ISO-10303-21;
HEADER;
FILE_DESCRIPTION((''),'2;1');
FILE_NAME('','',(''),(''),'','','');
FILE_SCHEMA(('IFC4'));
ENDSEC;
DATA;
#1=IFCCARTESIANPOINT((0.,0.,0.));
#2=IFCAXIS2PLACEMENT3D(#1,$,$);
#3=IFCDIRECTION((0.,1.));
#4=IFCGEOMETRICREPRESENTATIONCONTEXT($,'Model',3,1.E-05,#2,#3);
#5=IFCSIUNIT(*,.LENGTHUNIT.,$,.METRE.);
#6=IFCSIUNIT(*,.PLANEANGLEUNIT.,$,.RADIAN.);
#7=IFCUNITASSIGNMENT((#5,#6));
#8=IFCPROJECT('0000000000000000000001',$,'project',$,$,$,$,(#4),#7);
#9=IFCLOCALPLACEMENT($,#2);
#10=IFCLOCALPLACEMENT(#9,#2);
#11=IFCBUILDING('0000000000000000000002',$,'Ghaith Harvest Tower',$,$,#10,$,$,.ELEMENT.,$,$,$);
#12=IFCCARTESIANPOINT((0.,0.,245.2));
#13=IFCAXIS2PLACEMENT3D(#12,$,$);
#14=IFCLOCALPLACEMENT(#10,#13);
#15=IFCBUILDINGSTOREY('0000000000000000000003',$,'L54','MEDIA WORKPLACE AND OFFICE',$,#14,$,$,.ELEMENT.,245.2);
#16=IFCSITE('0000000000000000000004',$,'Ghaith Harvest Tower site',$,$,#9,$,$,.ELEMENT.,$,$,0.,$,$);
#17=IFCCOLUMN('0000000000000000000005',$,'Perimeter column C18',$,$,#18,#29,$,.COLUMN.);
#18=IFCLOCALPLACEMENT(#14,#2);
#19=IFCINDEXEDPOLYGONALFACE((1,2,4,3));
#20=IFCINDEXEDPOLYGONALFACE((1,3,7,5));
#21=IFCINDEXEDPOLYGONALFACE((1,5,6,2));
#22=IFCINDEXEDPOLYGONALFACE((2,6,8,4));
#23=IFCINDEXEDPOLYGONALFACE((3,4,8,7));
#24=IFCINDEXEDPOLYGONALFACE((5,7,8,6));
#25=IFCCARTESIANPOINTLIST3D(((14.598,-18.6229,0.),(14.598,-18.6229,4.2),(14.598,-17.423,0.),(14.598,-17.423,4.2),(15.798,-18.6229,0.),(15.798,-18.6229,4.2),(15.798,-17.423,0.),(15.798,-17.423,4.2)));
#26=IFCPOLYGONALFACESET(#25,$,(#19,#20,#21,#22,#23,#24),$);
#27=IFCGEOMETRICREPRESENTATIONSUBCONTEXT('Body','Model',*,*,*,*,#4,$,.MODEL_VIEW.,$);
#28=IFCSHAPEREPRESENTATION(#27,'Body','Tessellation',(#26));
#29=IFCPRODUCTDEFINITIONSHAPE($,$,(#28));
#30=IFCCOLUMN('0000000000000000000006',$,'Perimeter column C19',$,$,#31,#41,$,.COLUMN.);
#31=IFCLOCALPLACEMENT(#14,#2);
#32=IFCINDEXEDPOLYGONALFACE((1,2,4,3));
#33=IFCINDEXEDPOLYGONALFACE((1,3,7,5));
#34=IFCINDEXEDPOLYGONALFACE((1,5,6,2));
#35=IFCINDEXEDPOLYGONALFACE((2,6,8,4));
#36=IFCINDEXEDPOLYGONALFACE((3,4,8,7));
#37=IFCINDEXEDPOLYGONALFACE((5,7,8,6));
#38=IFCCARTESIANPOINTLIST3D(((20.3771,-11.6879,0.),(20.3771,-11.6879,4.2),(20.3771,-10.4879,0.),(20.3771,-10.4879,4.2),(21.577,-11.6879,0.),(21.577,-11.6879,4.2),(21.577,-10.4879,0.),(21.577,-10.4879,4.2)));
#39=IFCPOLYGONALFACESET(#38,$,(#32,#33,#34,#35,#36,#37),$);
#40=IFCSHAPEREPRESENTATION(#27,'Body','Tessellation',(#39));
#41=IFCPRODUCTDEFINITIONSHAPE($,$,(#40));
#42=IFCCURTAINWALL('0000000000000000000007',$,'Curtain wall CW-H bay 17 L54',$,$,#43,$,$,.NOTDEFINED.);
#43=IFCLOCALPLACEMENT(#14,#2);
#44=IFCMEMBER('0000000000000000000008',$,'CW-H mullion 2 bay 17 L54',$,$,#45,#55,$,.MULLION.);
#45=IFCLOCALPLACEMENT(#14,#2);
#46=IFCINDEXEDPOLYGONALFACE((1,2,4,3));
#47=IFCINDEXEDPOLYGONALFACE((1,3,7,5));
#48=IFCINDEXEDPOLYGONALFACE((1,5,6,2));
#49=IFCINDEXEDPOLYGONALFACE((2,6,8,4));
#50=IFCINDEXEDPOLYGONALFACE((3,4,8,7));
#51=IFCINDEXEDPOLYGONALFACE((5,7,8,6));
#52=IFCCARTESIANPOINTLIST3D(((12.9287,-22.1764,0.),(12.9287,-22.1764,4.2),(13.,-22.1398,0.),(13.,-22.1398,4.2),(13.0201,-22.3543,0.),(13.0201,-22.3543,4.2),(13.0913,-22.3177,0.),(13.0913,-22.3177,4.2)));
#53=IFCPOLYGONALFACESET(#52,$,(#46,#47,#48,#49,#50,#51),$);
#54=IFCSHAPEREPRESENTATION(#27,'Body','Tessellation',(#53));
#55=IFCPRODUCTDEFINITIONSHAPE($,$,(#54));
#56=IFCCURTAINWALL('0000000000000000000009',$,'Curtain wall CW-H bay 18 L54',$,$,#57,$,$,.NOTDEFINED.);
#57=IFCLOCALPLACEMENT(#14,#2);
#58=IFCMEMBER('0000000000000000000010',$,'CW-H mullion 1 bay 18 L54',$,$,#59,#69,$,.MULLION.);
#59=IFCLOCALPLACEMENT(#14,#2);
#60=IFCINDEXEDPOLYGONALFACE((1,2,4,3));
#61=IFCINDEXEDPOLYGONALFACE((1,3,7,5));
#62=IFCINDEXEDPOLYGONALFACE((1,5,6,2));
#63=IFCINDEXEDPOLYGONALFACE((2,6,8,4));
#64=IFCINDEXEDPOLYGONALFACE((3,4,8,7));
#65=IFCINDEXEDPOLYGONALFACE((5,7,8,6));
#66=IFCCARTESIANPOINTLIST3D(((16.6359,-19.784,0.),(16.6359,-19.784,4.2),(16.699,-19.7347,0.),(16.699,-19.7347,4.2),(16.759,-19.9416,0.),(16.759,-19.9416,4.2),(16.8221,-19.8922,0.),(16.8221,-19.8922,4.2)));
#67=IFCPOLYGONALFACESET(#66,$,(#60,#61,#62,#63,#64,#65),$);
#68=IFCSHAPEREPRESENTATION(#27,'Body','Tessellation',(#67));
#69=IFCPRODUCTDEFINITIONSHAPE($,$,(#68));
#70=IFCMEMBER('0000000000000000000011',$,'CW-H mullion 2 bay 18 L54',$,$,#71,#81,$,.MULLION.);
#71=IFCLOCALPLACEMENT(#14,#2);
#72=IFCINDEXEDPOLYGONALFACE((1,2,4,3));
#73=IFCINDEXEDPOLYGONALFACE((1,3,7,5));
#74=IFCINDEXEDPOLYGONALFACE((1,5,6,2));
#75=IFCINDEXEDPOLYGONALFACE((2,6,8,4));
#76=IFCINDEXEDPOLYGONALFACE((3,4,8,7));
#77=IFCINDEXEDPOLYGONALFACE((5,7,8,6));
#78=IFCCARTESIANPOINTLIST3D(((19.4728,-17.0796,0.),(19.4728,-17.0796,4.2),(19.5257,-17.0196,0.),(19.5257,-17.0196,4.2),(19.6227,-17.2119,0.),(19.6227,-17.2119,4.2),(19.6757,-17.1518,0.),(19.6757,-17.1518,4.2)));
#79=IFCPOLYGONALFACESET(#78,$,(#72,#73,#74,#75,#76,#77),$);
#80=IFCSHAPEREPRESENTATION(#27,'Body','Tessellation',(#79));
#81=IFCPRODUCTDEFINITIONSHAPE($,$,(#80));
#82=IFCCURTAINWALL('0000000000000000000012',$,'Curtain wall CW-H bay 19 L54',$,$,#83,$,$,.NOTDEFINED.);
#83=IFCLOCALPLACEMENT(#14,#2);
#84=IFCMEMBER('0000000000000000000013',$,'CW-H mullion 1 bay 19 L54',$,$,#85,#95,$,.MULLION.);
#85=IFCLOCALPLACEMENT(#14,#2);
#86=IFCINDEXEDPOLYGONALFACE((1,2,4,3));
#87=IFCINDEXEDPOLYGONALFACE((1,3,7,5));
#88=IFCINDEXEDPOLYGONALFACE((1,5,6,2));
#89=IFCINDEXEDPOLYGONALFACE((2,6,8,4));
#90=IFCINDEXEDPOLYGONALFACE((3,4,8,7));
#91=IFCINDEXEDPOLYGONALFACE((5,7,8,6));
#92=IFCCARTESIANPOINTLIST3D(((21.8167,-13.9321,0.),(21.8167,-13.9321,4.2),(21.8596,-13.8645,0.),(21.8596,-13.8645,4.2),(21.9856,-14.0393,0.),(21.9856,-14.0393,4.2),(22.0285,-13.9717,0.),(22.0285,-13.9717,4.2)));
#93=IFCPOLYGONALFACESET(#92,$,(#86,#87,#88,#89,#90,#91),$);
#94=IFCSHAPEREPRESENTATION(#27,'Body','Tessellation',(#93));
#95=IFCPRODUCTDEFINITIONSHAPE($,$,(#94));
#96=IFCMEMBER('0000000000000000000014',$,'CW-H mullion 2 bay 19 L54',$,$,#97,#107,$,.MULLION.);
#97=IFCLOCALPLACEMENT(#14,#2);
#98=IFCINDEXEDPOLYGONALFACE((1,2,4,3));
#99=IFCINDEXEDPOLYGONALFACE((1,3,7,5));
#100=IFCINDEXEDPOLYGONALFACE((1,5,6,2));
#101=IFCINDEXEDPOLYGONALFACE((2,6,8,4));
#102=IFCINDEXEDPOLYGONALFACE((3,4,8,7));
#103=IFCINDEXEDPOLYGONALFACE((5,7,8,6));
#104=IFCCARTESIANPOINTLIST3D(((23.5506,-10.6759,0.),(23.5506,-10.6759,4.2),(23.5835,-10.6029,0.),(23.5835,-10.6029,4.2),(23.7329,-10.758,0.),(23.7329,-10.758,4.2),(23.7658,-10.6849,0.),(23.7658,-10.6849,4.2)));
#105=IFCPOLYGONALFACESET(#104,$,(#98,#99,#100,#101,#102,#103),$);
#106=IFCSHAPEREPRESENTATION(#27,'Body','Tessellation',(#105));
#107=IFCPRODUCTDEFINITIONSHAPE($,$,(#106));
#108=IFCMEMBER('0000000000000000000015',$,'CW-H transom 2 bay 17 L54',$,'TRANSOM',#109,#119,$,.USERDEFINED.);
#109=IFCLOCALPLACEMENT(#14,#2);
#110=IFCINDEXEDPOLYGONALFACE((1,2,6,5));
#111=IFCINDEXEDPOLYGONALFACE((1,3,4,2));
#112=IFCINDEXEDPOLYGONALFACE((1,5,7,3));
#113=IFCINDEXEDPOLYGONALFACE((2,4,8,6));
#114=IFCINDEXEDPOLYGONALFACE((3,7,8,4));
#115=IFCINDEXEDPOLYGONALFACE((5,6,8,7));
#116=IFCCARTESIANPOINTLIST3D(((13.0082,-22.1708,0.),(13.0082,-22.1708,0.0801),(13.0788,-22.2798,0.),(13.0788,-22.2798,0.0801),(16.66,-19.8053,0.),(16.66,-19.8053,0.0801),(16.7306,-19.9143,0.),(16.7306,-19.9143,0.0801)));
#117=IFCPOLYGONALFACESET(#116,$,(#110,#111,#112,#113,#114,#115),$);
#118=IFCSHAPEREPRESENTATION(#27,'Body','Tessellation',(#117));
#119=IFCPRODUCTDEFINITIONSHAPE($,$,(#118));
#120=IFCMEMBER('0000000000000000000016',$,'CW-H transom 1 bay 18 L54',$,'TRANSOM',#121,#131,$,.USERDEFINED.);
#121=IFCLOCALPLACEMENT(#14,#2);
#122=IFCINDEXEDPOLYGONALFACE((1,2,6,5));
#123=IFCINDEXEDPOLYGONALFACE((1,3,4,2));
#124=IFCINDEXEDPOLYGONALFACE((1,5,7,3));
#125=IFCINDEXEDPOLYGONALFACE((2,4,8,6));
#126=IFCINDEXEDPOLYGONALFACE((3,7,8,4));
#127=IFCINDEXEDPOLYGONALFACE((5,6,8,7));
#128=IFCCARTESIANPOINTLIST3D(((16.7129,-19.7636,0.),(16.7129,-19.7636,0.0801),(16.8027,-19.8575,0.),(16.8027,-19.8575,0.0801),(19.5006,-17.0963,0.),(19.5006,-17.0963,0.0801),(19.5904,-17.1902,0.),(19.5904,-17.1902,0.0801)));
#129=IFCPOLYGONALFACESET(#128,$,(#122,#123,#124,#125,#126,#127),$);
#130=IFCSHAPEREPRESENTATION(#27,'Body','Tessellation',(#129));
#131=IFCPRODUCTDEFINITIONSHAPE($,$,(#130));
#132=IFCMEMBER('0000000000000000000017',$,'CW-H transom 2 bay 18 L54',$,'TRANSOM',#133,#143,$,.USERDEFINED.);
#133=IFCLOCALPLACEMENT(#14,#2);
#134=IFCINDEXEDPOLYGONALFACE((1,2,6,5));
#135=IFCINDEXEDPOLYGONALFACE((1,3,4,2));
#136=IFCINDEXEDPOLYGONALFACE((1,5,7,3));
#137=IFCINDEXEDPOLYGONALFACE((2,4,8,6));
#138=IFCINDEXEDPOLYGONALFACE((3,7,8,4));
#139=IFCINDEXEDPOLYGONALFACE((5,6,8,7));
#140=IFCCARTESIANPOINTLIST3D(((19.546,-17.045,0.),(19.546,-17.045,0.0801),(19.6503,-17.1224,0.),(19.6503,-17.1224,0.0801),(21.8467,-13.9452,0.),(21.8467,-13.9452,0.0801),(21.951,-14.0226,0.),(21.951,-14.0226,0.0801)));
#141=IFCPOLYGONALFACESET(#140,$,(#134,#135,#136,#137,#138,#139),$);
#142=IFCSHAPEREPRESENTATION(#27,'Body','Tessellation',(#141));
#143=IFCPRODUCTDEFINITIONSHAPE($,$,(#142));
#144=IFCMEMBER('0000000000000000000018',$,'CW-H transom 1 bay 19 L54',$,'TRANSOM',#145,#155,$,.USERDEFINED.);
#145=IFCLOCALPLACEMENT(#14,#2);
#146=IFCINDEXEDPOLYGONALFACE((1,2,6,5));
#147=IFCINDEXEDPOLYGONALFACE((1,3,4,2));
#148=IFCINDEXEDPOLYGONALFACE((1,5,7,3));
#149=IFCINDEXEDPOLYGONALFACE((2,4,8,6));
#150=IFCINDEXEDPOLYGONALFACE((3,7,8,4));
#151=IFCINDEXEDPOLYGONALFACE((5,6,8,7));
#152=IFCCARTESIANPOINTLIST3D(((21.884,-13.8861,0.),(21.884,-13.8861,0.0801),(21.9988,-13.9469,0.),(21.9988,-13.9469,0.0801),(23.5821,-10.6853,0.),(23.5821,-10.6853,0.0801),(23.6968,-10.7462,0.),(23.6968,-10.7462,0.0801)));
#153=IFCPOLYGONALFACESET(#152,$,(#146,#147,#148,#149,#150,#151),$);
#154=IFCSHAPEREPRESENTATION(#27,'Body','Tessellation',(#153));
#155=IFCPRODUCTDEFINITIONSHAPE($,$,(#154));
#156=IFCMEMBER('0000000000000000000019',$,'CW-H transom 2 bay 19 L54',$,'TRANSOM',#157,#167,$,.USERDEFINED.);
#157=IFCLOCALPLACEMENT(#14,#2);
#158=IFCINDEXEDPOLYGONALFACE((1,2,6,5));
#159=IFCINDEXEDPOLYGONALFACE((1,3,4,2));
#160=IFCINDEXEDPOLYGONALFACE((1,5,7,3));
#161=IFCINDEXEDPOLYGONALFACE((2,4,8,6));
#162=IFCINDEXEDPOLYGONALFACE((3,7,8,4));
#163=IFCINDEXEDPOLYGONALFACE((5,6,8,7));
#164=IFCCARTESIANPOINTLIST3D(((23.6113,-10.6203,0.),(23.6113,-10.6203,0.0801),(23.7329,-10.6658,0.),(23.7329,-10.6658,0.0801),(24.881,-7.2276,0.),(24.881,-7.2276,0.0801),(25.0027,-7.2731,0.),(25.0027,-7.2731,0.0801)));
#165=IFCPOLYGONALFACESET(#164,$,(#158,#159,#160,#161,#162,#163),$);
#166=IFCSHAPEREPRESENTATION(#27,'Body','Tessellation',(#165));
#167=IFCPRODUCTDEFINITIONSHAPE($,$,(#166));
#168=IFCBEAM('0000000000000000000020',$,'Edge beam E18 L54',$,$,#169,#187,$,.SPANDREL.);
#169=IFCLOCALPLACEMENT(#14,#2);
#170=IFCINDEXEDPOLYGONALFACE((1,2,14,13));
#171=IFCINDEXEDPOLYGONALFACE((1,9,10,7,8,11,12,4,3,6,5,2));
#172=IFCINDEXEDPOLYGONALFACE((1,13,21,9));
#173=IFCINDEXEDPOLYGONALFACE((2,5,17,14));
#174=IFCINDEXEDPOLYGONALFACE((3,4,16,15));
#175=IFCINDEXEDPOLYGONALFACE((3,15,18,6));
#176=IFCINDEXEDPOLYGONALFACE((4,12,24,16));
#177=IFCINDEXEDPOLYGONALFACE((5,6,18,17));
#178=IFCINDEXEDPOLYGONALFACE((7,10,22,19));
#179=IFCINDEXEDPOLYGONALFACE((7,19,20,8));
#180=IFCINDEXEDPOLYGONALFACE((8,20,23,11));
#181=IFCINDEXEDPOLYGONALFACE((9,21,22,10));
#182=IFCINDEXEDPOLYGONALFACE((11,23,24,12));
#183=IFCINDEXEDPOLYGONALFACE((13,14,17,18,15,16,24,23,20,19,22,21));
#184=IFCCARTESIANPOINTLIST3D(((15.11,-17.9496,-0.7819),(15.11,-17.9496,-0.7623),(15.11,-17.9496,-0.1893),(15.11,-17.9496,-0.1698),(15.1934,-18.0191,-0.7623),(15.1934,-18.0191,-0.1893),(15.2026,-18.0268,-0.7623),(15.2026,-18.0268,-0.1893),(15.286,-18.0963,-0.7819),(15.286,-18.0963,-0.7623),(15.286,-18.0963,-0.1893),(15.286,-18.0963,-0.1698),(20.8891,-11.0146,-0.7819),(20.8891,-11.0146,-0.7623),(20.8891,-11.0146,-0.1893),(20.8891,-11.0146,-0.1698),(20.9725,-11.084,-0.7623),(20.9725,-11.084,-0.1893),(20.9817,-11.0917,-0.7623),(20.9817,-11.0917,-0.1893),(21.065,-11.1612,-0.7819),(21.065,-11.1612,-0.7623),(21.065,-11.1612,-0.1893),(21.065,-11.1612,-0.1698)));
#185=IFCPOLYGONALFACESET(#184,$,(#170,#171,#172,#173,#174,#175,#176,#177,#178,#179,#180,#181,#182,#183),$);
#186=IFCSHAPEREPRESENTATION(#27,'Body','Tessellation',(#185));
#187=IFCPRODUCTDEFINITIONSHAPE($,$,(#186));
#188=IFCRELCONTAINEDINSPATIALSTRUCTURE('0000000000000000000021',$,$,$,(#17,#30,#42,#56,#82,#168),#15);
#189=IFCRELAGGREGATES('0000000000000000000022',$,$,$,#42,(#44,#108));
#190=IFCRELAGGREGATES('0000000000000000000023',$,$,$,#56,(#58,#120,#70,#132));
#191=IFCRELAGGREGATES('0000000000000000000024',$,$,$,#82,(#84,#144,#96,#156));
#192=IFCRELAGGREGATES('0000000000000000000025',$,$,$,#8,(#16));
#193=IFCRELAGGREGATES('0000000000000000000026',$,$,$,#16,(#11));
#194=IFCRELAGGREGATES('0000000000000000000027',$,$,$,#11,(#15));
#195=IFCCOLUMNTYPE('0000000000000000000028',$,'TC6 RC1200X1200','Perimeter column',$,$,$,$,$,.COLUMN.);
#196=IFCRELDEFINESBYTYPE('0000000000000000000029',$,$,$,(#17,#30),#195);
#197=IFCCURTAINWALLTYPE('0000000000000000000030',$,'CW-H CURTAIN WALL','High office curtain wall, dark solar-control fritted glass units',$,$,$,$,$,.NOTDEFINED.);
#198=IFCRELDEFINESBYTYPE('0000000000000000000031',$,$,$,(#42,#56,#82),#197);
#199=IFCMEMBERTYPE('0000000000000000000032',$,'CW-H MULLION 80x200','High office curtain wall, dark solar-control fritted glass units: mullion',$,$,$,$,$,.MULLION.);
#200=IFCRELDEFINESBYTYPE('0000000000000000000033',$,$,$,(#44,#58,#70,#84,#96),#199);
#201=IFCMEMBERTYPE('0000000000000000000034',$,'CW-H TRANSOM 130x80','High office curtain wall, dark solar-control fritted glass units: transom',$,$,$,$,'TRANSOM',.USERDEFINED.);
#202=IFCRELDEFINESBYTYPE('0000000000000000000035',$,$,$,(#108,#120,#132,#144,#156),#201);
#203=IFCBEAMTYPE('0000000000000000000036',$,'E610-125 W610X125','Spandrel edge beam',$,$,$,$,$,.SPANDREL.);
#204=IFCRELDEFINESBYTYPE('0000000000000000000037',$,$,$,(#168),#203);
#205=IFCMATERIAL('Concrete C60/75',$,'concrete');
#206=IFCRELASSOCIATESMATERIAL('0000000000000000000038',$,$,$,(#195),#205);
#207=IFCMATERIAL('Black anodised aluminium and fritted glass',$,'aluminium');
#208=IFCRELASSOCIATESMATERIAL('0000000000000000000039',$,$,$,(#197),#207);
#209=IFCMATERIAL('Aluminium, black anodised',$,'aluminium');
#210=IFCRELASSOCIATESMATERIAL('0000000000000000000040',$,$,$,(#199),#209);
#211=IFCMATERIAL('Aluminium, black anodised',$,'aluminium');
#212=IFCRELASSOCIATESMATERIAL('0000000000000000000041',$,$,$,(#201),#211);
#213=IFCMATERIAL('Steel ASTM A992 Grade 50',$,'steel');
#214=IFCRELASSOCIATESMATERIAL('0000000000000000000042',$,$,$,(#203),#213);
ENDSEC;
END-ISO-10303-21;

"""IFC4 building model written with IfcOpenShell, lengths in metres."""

from ifc_helpers import new_model, si_unit, direction, frame, origin, origin_2d, place, context, subcontext, project, spatial, rectangle, i_section, extrude, material, material_profile, profile_set, type_object, element, aggregate, save


model = new_model("IFC4")

# Units and contexts
model_context = context("Model", 3, precision=1e-05, world=origin(), true_north=direction((0.0, 1.0)))
body_context = subcontext(model_context, "Body", "Model", "MODEL_VIEW")
ifc_project = project(units=[si_unit("LENGTHUNIT", "METRE"), si_unit("PLANEANGLEUNIT", "RADIAN")], contexts=[model_context])

# Site, building, storey
site_placement = place(None, origin())
site = spatial("IfcSite", under=ifc_project, at=site_placement, Name="Ghaith Harvest Tower site", CompositionType="ELEMENT", RefElevation=0.0)
building_placement = place(site_placement, origin())
building = spatial("IfcBuilding", under=site, at=building_placement, Name="Ghaith Harvest Tower", CompositionType="ELEMENT")
storey_placement = place(building_placement, frame((0.0, 0.0, 245.2)))
storey = spatial("IfcBuildingStorey", under=building, at=storey_placement, Name="L54", Description="MEDIA WORKPLACE AND OFFICE", CompositionType="ELEMENT", Elevation=245.2)

# Columns
ifc_material_1 = material(Name="Concrete C60/75", Category="concrete")
ifc_material_profile_1 = material_profile(ifc_material_1, rectangle(XDim=1.2, YDim=1.2, at=origin_2d()), Name="RC1200X1200")
ifc_profile_set_1 = profile_set([ifc_material_profile_1], Name="Concrete C60/75")
column_type = type_object("IfcColumnType", Name="TC6 RC1200X1200", Description="Perimeter column", PredefinedType="COLUMN", material=ifc_profile_set_1)
for number, where, z_axis, x_axis, name in (
    (1, (15.198, -18.0229, 0.0), (0.0, 0.0, 1.0), (1.0, 0.0, 0.0), "Perimeter column C18"),
    (2, (20.9771, -11.0879, 0.0), (0.0, 0.0, 1.0), (1.0, 0.0, 0.0), "Perimeter column C19"),
):
    element("IfcColumn", number, at=place(storey_placement, frame(where, z_axis=z_axis, x_axis=x_axis)), inside=storey, type_object=column_type, Name=name, PredefinedType="COLUMN", context=body_context, shape_type="SweptSolid", body=[
        extrude(rectangle(XDim=1.2, YDim=1.2, at=origin_2d()), origin(), (0.0, 0.0, 1.0), 4.2),
    ])

# Curtain wall, member
ifc_material_2 = material(Name="Black anodised aluminium and fritted glass", Category="aluminium")
curtain_wall_type = type_object("IfcCurtainWallType", Name="CW-H CURTAIN WALL", Description="High office curtain wall, dark solar-control fritted glass units", PredefinedType="NOTDEFINED", material=ifc_material_2)
curtain_wall_1_placement = place(storey_placement, origin())
curtain_wall_1 = element("IfcCurtainWall", 3, at=curtain_wall_1_placement, inside=storey, type_object=curtain_wall_type, Name="Curtain wall CW-H bay 17 L54", PredefinedType="NOTDEFINED")
ifc_material_3 = material(Name="Aluminium, black anodised", Category="aluminium")
ifc_material_profile_2 = material_profile(ifc_material_3, rectangle(XDim=0.0801, YDim=0.2, at=origin_2d()), Name="CW-H MULLION 80x200")
ifc_profile_set_2 = profile_set([ifc_material_profile_2], Name="Aluminium, black anodised")
member_type_1 = type_object("IfcMemberType", Name="CW-H MULLION 80x200", Description="High office curtain wall, dark solar-control fritted glass units: mullion", PredefinedType="MULLION", material=ifc_profile_set_2)
member_1_placement = place(storey_placement, frame((13.01, -22.2471, 0.0), z_axis=(0.0, 0.0, 1.0), x_axis=(0.889568, 0.456802, 0.0)))
member_1 = element("IfcMember", 4, at=member_1_placement, type_object=member_type_1, Name="CW-H mullion 2 bay 17 L54", PredefinedType="MULLION", context=body_context, shape_type="SweptSolid", body=[
    extrude(rectangle(XDim=0.0801, YDim=0.2, at=origin_2d()), origin(), (0.0, 0.0, 1.0), 4.2),
])

# Curtain walls, members
curtain_wall_2_placement = place(storey_placement, origin())
curtain_wall_2 = element("IfcCurtainWall", 5, at=curtain_wall_2_placement, inside=storey, type_object=curtain_wall_type, Name="Curtain wall CW-H bay 18 L54", PredefinedType="NOTDEFINED")
member_2_placement = place(storey_placement, frame((16.729, -19.8381, 0.0), z_axis=(0.0, 0.0, 1.0), x_axis=(0.787846, 0.615873, 0.0)))
member_2 = element("IfcMember", 6, at=member_2_placement, type_object=member_type_1, Name="CW-H mullion 1 bay 18 L54", PredefinedType="MULLION", context=body_context, shape_type="SweptSolid", body=[
    extrude(rectangle(XDim=0.0801, YDim=0.2, at=origin_2d()), origin(), (0.0, 0.0, 1.0), 4.2),
])
member_3_placement = place(storey_placement, frame((19.5742, -17.1157, 0.0), z_axis=(0.0, 0.0, 1.0), x_axis=(0.661615, 0.749844, 0.0)))
member_3 = element("IfcMember", 7, at=member_3_placement, type_object=member_type_1, Name="CW-H mullion 2 bay 18 L54", PredefinedType="MULLION", context=body_context, shape_type="SweptSolid", body=[
    extrude(rectangle(XDim=0.0801, YDim=0.2, at=origin_2d()), origin(), (0.0, 0.0, 1.0), 4.2),
])
curtain_wall_3_placement = place(storey_placement, origin())
curtain_wall_3 = element("IfcCurtainWall", 8, at=curtain_wall_3_placement, inside=storey, type_object=curtain_wall_type, Name="Curtain wall CW-H bay 19 L54", PredefinedType="NOTDEFINED")
member_4_placement = place(storey_placement, frame((21.9226, -13.9519, 0.0), z_axis=(0.0, 0.0, 1.0), x_axis=(0.535827, 0.844328, 0.0)))
member_4 = element("IfcMember", 9, at=member_4_placement, type_object=member_type_1, Name="CW-H mullion 1 bay 19 L54", PredefinedType="MULLION", context=body_context, shape_type="SweptSolid", body=[
    extrude(rectangle(XDim=0.0801, YDim=0.2, at=origin_2d()), origin(), (0.0, 0.0, 1.0), 4.2),
])
member_5_placement = place(storey_placement, frame((23.6582, -10.6804, 0.0), z_axis=(0.0, 0.0, 1.0), x_axis=(0.41043, 0.911892, 0.0)))
member_5 = element("IfcMember", 10, at=member_5_placement, type_object=member_type_1, Name="CW-H mullion 2 bay 19 L54", PredefinedType="MULLION", context=body_context, shape_type="SweptSolid", body=[
    extrude(rectangle(XDim=0.0801, YDim=0.2, at=origin_2d()), origin(), (0.0, 0.0, 1.0), 4.2),
])

# Members
ifc_material_4 = material(Name="Aluminium, black anodised", Category="aluminium")
ifc_material_profile_3 = material_profile(ifc_material_4, rectangle(XDim=0.1299, YDim=0.0801, at=origin_2d()), Name="CW-H TRANSOM 130x80")
ifc_profile_set_3 = profile_set([ifc_material_profile_3], Name="Aluminium, black anodised")
member_type_2 = type_object("IfcMemberType", Name="CW-H TRANSOM 130x80", Description="High office curtain wall, dark solar-control fritted glass units: transom", ElementType="TRANSOM", PredefinedType="USERDEFINED", material=ifc_profile_set_3)
member_6_placement = place(storey_placement, frame((13.0435, -22.2253, 0.04), z_axis=(0.839307, 0.543658, 0.0), x_axis=(-0.543658, 0.839307, 0.0)))
member_6 = element("IfcMember", 11, at=member_6_placement, type_object=member_type_2, Name="CW-H transom 2 bay 17 L54", ObjectType="TRANSOM", PredefinedType="USERDEFINED", context=body_context, shape_type="SweptSolid", body=[
    extrude(rectangle(XDim=0.1299, YDim=0.0801, at=origin_2d()), origin(), (0.0, 0.0, 1.0), 4.3511),
])
member_7_placement = place(storey_placement, frame((16.7578, -19.8105, 0.04), z_axis=(0.722533, 0.691336, 0.0), x_axis=(-0.691336, 0.722533, 0.0)))
member_7 = element("IfcMember", 12, at=member_7_placement, type_object=member_type_2, Name="CW-H transom 1 bay 18 L54", ObjectType="TRANSOM", PredefinedType="USERDEFINED", context=body_context, shape_type="SweptSolid", body=[
    extrude(rectangle(XDim=0.1299, YDim=0.0801, at=origin_2d()), origin(), (0.0, 0.0, 1.0), 3.8582),
])
member_8_placement = place(storey_placement, frame((19.5981, -17.0837, 0.04), z_axis=(0.595996, 0.802988, 0.0), x_axis=(-0.802988, 0.595996, 0.0)))
member_8 = element("IfcMember", 13, at=member_8_placement, type_object=member_type_2, Name="CW-H transom 2 bay 18 L54", ObjectType="TRANSOM", PredefinedType="USERDEFINED", context=body_context, shape_type="SweptSolid", body=[
    extrude(rectangle(XDim=0.1299, YDim=0.0801, at=origin_2d()), origin(), (0.0, 0.0, 1.0), 3.8604),
])
member_9_placement = place(storey_placement, frame((21.9414, -13.9165, 0.04), z_axis=(0.468646, 0.883386, 0.0), x_axis=(-0.883386, 0.468646, 0.0)))
member_9 = element("IfcMember", 14, at=member_9_placement, type_object=member_type_2, Name="CW-H transom 1 bay 19 L54", ObjectType="TRANSOM", PredefinedType="USERDEFINED", context=body_context, shape_type="SweptSolid", body=[
    extrude(rectangle(XDim=0.1299, YDim=0.0801, at=origin_2d()), origin(), (0.0, 0.0, 1.0), 3.6233),
])
member_10_placement = place(storey_placement, frame((23.6721, -10.6431, 0.04), z_axis=(0.35051, 0.936559, 0.0), x_axis=(-0.936559, 0.35051, 0.0)))
member_10 = element("IfcMember", 15, at=member_10_placement, type_object=member_type_2, Name="CW-H transom 2 bay 19 L54", ObjectType="TRANSOM", PredefinedType="USERDEFINED", context=body_context, shape_type="SweptSolid", body=[
    extrude(rectangle(XDim=0.1299, YDim=0.0801, at=origin_2d()), origin(), (0.0, 0.0, 1.0), 3.6226),
])

# Beam
ifc_material_5 = material(Name="Steel ASTM A992 Grade 50", Category="steel")
ifc_material_profile_4 = material_profile(ifc_material_5, i_section(OverallWidth=0.229, OverallDepth=0.6121, WebThickness=0.012, FlangeThickness=0.0195, at=origin_2d()), Name="W610X125")
ifc_profile_set_4 = profile_set([ifc_material_profile_4], Name="Steel ASTM A992 Grade 50")
beam_type_1 = type_object("IfcBeamType", Name="E610-125 W610X125", Description="Spandrel edge beam", PredefinedType="SPANDREL", material=ifc_profile_set_4)
beam_1_placement = place(storey_placement, frame((15.198, -18.0229, -0.4758), z_axis=(0.640174, 0.76823, 0.0), x_axis=(-0.76823, 0.640174, 0.0)))
element("IfcBeam", 16, at=beam_1_placement, inside=storey, type_object=beam_type_1, Name="Edge beam E18 L54", PredefinedType="SPANDREL", context=body_context, shape_type="SweptSolid", body=[
    extrude(i_section(OverallWidth=0.229, OverallDepth=0.6121, WebThickness=0.012, FlangeThickness=0.0195, at=origin_2d()), origin(), (0.0, 0.0, 1.0), 9.0273),
])

aggregate(curtain_wall_1, [member_1, member_6])
aggregate(curtain_wall_2, [member_2, member_7, member_3, member_8])
aggregate(curtain_wall_3, [member_4, member_9, member_5, member_10])

save(model, "model.ifc")
